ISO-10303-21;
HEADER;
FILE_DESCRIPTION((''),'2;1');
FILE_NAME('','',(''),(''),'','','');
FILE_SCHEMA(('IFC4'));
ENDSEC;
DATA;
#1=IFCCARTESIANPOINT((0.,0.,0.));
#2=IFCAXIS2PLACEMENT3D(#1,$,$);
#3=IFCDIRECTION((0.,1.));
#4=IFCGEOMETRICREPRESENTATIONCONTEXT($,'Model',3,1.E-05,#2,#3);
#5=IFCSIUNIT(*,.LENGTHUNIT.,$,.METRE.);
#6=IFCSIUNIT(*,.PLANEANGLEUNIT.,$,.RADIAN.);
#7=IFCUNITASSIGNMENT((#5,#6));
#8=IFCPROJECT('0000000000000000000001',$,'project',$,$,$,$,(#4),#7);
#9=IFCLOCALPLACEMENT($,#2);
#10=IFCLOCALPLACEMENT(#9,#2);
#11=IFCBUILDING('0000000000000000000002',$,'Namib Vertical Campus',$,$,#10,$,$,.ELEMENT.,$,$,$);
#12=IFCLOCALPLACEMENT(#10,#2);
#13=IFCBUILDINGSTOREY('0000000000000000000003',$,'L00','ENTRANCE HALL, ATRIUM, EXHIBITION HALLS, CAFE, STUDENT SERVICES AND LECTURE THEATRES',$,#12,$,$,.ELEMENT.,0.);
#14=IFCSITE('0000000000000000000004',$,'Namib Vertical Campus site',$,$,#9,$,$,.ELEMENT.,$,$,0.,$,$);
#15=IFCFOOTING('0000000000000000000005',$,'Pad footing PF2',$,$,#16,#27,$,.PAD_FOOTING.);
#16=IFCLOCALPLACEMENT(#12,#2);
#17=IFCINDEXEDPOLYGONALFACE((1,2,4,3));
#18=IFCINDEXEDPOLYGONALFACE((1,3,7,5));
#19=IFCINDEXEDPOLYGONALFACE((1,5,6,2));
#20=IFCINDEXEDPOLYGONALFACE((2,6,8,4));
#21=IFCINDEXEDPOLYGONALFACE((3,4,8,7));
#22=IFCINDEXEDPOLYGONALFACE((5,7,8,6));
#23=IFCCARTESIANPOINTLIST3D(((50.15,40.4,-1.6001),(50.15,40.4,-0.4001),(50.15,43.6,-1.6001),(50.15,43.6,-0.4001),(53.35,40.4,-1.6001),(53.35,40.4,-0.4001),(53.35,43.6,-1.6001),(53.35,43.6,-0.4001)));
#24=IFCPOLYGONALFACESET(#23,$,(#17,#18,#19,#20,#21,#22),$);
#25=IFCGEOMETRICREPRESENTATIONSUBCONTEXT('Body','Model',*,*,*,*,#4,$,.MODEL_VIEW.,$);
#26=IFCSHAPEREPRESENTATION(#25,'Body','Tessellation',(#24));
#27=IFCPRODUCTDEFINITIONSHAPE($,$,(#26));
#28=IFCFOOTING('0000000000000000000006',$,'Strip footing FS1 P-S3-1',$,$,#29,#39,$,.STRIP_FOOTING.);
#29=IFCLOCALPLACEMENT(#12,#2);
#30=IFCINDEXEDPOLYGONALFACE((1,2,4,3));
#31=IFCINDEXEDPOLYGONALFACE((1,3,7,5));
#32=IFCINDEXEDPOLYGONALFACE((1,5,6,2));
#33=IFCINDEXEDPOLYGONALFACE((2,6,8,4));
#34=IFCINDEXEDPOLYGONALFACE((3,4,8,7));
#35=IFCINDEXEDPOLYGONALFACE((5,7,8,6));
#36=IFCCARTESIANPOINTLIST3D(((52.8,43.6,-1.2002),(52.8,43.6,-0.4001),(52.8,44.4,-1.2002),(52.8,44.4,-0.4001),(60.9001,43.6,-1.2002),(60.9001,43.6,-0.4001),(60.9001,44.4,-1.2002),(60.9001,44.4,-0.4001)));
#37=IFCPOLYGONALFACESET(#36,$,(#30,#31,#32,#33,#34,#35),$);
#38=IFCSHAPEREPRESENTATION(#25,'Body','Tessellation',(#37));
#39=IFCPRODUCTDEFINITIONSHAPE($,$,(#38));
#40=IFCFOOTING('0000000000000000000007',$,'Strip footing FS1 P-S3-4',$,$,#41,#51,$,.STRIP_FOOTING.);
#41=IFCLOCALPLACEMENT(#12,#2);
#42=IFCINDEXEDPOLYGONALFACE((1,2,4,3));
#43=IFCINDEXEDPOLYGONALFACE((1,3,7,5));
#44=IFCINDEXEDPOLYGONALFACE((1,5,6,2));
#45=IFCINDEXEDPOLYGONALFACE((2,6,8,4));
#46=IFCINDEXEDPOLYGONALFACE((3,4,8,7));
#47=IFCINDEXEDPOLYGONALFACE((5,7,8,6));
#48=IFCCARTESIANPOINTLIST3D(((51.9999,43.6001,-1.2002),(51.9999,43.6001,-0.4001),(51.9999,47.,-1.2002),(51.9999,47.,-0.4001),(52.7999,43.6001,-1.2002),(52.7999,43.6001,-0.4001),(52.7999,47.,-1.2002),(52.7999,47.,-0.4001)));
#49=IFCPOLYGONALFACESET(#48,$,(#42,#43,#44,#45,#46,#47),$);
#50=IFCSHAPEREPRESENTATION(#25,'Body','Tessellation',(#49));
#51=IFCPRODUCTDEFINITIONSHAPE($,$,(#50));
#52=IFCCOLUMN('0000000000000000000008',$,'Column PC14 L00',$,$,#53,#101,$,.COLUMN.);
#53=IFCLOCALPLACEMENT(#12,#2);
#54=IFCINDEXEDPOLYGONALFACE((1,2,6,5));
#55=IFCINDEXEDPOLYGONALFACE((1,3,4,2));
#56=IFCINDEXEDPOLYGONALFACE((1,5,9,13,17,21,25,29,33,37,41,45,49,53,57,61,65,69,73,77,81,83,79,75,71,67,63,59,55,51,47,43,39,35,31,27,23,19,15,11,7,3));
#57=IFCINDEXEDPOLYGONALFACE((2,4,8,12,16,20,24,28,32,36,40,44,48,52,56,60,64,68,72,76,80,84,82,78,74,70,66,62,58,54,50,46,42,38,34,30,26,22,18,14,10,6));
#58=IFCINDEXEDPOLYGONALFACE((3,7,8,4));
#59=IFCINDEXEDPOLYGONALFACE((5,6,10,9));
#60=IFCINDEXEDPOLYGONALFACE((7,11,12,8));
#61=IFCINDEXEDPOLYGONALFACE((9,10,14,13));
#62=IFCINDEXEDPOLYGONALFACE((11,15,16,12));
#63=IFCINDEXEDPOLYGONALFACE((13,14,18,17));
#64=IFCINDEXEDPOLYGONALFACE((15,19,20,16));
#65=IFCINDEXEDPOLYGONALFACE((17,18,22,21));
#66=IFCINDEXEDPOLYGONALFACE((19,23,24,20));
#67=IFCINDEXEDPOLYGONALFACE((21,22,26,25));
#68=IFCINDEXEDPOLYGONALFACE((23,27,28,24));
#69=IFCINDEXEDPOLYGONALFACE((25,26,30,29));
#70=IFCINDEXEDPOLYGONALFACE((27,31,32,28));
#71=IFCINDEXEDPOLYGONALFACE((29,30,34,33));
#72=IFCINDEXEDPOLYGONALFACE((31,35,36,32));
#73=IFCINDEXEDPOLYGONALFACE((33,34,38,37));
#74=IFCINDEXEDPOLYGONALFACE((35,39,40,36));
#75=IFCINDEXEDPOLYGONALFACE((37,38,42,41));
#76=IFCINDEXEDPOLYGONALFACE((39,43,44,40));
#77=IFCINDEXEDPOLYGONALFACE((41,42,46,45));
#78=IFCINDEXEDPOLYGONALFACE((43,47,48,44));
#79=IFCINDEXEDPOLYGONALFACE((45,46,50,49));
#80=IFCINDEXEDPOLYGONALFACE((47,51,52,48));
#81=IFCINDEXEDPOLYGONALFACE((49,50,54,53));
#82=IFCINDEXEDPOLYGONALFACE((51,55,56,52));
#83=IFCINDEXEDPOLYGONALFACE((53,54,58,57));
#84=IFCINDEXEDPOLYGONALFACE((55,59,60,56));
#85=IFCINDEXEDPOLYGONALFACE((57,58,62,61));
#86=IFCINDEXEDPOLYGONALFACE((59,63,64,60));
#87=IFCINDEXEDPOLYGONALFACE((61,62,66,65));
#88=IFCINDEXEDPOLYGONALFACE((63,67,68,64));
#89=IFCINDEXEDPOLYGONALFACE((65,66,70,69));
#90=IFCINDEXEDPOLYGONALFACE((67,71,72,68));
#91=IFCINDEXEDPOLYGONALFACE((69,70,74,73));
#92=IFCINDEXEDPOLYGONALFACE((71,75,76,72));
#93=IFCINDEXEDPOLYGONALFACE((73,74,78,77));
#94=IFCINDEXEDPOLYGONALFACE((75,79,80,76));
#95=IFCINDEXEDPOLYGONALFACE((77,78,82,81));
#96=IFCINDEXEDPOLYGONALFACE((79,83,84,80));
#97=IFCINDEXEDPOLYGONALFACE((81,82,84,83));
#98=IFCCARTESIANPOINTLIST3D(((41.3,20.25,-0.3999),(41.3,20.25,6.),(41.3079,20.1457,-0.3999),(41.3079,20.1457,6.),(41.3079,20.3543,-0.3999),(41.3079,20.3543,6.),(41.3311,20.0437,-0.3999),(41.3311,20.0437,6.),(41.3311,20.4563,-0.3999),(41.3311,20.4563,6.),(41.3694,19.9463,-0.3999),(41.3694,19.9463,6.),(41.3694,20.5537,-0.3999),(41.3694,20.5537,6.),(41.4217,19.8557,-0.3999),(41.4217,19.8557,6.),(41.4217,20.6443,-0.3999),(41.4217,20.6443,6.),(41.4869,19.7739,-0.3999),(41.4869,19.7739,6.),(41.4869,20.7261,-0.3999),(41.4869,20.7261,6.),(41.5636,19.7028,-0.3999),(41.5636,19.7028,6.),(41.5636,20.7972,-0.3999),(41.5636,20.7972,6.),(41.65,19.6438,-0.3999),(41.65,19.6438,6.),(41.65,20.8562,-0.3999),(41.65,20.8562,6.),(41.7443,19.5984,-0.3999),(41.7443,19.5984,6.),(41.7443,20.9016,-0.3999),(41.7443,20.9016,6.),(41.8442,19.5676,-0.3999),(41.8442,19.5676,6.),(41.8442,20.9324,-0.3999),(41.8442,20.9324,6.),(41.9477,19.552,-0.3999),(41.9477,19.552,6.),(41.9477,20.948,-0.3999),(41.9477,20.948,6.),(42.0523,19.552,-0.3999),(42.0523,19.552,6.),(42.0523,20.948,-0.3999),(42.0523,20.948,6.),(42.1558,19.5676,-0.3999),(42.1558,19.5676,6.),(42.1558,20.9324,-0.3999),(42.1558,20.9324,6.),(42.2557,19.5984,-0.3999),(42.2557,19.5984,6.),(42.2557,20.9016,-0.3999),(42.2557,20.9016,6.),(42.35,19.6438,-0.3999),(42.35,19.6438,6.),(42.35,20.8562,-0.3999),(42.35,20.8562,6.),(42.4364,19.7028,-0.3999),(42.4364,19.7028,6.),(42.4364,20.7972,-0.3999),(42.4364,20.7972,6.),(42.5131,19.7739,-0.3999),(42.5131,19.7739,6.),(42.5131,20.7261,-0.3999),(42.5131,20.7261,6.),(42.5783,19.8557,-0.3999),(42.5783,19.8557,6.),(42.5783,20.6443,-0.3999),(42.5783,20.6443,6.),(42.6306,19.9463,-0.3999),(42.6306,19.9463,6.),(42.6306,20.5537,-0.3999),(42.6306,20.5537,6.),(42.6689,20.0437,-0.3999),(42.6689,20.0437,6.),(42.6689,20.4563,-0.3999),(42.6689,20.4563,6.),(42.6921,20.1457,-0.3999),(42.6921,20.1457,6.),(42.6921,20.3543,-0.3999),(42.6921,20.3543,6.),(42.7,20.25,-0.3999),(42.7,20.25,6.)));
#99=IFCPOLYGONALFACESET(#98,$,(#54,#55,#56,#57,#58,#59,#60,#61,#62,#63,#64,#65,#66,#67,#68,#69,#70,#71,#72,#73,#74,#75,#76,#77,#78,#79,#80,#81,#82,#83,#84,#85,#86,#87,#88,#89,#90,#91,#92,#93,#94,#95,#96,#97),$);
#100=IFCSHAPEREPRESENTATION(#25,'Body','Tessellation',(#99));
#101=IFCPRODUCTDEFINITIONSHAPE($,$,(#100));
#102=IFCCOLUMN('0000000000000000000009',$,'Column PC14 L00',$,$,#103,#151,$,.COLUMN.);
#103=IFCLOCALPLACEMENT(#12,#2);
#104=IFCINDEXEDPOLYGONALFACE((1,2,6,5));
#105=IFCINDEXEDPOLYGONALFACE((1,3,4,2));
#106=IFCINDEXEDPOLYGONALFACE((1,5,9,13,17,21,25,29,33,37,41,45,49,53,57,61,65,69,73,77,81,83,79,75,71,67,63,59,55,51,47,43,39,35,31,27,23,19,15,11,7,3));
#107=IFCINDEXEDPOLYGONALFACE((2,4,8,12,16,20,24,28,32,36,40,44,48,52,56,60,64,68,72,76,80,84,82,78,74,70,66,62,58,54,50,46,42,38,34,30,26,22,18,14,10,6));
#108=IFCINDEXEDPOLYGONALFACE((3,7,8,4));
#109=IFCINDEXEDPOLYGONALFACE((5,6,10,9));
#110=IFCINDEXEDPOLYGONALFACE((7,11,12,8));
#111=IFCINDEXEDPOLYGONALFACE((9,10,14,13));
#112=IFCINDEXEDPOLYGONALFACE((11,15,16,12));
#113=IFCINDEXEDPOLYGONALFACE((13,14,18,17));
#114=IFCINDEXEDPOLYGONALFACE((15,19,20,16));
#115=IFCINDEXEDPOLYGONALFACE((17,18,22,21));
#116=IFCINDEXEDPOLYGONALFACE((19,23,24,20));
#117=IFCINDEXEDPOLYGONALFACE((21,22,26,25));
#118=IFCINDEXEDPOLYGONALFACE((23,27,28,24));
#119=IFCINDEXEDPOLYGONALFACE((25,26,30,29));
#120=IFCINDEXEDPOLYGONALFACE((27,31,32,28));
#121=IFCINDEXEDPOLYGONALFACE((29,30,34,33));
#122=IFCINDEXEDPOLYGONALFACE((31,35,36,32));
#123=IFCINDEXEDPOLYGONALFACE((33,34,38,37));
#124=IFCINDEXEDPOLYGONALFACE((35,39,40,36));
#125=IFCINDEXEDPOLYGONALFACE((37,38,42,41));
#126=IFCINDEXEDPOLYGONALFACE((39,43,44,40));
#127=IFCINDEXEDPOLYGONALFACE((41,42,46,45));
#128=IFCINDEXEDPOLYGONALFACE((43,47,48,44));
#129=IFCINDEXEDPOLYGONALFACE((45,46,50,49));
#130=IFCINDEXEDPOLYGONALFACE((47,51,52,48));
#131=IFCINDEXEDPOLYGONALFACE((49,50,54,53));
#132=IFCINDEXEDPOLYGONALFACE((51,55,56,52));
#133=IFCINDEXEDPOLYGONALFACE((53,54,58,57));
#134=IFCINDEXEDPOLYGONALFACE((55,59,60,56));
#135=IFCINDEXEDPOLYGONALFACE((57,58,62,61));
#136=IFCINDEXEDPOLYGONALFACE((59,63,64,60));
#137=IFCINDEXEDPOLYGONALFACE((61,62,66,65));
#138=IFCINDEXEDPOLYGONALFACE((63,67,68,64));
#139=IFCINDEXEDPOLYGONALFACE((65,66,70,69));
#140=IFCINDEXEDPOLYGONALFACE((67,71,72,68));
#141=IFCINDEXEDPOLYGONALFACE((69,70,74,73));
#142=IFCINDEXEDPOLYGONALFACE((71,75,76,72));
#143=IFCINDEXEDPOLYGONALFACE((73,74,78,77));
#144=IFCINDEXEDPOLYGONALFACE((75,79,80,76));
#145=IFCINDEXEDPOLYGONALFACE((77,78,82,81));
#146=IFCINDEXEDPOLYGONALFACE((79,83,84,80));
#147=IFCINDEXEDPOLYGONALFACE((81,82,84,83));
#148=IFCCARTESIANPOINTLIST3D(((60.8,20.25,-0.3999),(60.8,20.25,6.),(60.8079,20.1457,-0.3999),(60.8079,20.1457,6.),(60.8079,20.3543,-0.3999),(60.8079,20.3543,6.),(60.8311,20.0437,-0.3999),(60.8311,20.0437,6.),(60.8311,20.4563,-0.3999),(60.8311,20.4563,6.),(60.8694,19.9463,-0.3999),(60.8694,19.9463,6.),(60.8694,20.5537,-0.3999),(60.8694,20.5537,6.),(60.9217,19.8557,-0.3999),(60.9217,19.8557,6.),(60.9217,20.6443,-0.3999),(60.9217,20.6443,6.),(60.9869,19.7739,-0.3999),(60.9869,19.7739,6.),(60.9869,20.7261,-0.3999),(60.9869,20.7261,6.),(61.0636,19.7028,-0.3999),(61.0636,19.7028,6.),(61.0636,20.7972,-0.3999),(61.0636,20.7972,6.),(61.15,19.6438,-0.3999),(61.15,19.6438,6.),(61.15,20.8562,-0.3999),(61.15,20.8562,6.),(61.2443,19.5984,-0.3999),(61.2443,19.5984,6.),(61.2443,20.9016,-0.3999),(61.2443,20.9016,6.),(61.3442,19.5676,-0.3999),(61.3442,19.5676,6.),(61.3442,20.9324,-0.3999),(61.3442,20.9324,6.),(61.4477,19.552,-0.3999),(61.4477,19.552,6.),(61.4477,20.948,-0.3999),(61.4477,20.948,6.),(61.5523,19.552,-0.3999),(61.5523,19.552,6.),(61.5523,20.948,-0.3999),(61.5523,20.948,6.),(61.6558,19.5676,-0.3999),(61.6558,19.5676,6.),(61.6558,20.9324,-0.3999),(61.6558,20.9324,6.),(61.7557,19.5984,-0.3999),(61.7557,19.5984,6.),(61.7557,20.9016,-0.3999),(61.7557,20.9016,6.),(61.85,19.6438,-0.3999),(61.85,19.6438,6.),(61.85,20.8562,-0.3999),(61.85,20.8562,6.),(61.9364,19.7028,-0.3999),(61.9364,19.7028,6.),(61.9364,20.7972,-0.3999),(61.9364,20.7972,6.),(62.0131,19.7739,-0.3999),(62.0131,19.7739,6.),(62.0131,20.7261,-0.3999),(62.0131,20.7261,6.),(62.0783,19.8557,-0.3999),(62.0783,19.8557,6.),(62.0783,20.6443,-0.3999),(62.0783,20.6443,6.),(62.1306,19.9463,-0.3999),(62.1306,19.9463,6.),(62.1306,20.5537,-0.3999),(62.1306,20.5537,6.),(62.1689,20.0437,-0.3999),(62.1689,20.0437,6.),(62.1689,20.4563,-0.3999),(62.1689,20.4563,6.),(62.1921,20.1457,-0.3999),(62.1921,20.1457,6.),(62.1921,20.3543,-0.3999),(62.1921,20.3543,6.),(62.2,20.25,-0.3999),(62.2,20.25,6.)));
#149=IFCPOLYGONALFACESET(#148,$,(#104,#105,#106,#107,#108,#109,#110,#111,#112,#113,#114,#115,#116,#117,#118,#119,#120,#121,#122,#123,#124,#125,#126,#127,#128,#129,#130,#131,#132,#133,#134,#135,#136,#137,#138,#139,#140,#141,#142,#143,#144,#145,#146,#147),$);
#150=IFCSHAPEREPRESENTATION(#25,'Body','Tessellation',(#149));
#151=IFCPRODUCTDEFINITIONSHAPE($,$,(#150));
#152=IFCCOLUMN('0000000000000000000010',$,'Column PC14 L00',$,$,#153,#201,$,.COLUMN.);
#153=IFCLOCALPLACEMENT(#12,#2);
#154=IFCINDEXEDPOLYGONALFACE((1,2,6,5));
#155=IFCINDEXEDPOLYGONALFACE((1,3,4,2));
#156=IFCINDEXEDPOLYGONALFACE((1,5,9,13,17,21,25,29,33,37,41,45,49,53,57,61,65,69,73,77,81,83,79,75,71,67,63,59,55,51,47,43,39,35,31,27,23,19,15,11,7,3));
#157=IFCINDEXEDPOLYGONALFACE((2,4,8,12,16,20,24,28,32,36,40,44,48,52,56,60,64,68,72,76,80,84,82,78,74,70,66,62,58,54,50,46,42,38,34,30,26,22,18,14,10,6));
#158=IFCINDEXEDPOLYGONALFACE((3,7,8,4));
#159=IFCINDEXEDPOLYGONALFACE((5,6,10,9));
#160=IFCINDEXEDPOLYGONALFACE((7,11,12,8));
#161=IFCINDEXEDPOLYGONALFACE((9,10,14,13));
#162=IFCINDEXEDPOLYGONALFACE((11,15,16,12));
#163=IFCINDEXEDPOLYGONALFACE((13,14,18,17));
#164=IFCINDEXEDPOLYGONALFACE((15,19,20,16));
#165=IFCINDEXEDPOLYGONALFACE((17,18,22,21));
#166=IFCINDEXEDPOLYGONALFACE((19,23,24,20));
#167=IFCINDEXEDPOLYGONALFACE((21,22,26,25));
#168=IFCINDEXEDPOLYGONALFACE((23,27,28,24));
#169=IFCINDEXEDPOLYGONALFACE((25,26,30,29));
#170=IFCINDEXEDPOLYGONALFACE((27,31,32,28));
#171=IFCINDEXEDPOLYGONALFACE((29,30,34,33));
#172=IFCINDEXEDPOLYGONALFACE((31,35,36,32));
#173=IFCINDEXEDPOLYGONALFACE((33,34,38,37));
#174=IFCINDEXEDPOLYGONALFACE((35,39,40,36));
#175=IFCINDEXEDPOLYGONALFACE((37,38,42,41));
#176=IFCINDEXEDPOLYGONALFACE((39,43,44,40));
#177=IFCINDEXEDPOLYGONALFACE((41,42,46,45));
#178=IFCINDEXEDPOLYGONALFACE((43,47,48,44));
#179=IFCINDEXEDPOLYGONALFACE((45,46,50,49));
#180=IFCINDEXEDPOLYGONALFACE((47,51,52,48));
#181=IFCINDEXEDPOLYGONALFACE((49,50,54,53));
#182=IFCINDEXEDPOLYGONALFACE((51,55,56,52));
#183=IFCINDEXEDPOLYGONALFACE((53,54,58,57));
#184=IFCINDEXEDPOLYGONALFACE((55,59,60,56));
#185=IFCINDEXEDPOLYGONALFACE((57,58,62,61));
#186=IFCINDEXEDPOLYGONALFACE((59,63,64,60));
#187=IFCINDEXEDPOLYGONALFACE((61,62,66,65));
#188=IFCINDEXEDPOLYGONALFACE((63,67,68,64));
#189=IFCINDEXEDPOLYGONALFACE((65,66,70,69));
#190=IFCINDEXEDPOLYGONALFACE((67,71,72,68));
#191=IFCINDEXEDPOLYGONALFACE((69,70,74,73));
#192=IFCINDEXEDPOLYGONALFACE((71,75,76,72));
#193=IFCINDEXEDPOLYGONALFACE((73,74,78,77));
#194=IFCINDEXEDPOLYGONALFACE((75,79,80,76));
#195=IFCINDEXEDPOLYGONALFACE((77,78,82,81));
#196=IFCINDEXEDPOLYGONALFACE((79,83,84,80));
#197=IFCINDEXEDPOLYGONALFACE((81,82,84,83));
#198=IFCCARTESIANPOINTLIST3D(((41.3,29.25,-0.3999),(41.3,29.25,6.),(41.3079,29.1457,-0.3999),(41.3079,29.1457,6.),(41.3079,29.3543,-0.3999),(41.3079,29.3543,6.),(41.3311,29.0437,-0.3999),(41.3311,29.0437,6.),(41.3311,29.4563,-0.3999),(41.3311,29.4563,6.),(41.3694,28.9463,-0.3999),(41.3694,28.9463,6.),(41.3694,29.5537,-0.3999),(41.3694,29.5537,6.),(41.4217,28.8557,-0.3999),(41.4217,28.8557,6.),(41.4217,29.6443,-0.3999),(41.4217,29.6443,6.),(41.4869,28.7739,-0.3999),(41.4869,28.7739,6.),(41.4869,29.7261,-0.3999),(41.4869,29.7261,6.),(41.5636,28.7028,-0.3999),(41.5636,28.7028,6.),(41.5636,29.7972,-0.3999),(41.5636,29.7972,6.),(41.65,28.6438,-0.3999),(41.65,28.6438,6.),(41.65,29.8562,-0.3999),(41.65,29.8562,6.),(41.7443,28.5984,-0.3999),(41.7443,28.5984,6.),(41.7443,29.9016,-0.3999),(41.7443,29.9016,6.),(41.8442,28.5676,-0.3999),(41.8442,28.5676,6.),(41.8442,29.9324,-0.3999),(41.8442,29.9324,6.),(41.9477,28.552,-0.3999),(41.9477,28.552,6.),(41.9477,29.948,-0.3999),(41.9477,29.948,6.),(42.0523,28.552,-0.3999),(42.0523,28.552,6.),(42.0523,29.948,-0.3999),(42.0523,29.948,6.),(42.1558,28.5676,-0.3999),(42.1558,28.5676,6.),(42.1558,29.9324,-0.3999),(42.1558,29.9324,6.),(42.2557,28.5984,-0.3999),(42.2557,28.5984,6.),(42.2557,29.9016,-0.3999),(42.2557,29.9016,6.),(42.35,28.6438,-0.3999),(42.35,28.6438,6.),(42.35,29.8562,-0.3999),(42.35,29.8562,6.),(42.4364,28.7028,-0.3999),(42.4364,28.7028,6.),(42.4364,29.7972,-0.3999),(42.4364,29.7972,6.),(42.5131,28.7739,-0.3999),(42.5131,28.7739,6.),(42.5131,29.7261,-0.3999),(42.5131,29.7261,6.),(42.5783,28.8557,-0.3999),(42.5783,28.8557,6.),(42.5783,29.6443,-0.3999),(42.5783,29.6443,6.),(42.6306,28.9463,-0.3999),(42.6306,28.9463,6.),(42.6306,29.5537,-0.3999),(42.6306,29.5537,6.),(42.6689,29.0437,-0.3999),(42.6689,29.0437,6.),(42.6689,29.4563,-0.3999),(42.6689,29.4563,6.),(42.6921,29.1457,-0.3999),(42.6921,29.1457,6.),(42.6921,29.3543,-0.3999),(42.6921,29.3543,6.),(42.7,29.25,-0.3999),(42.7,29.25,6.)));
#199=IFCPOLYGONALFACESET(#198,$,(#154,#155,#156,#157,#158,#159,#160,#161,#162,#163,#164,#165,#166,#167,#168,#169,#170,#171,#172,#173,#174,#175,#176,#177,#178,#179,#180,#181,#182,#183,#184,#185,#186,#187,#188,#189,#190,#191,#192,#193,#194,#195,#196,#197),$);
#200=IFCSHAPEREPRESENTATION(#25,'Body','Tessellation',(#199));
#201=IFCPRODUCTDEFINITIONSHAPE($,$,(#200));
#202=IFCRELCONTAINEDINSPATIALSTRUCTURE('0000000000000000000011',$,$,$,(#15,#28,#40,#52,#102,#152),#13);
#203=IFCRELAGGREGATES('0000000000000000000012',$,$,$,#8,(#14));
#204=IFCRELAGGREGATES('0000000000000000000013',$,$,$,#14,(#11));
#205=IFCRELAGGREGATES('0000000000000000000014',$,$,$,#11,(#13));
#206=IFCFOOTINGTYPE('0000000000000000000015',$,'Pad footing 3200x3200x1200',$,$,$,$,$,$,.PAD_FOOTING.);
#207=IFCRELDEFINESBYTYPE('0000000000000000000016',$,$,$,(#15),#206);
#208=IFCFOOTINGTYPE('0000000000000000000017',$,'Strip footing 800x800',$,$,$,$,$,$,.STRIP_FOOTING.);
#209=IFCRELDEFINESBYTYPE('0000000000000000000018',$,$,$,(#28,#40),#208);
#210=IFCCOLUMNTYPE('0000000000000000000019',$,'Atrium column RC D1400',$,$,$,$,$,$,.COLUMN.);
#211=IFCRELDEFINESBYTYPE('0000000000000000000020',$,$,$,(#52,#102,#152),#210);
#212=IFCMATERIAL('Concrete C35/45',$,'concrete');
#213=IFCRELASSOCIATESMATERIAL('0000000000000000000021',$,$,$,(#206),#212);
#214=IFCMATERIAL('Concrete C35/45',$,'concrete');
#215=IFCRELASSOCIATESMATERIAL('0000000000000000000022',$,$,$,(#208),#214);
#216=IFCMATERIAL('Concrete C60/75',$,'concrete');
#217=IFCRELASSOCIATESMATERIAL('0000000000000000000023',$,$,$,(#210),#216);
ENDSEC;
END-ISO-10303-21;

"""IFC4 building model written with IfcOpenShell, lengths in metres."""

from ifc_helpers import new_model, si_unit, direction, frame, origin, origin_2d, place, context, subcontext, project, spatial, rectangle, circle, extrude, material, material_profile, profile_set, type_object, element, save


model = new_model("IFC4")

# Units and contexts
model_context = context("Model", 3, precision=1e-05, world=origin(), true_north=direction((0.0, 1.0)))
body_context = subcontext(model_context, "Body", "Model", "MODEL_VIEW")
ifc_project = project(units=[si_unit("LENGTHUNIT", "METRE"), si_unit("PLANEANGLEUNIT", "RADIAN")], contexts=[model_context])

# Site, building, storey
site_placement = place(None, origin())
site = spatial("IfcSite", under=ifc_project, at=site_placement, Name="Namib Vertical Campus site", CompositionType="ELEMENT", RefElevation=0.0)
building_placement = place(site_placement, origin())
building = spatial("IfcBuilding", under=site, at=building_placement, Name="Namib Vertical Campus", CompositionType="ELEMENT")
storey_placement = place(building_placement, origin())
storey = spatial("IfcBuildingStorey", under=building, at=storey_placement, Name="L00", Description="ENTRANCE HALL, ATRIUM, EXHIBITION HALLS, CAFE, STUDENT SERVICES AND LECTURE THEATRES", CompositionType="ELEMENT", Elevation=0.0)

# Footings
ifc_material_1 = material(Name="Concrete C35/45", Category="concrete")
footing_type_1 = type_object("IfcFootingType", Name="Pad footing 3200x3200x1200", PredefinedType="PAD_FOOTING", material=ifc_material_1)
for number, where, z_axis, x_axis, name in (
    (1, (51.75, 42.0, -1.6001), (0.0, 0.0, 1.0), (1.0, 0.0, 0.0), "Pad footing PF2"),
):
    element("IfcFooting", number, at=place(storey_placement, frame(where, z_axis=z_axis, x_axis=x_axis)), inside=storey, type_object=footing_type_1, Name=name, PredefinedType="PAD_FOOTING", context=body_context, shape_type="SweptSolid", body=[
        extrude(rectangle(XDim=3.2, YDim=3.2, at=origin_2d()), origin(), (0.0, 0.0, 1.0), 1.2),
    ])
ifc_material_2 = material(Name="Concrete C35/45", Category="concrete")
footing_type_2 = type_object("IfcFootingType", Name="Strip footing 800x800", PredefinedType="STRIP_FOOTING", material=ifc_material_2)
footing_1_placement = place(storey_placement, frame((56.8501, 44.0, -1.2002), z_axis=(0.0, 0.0, 1.0), x_axis=(1.0, 0.0, 0.0)))
element("IfcFooting", 2, at=footing_1_placement, inside=storey, type_object=footing_type_2, Name="Strip footing FS1 P-S3-1", PredefinedType="STRIP_FOOTING", context=body_context, shape_type="SweptSolid", body=[
    extrude(rectangle(XDim=8.1001, YDim=0.8, at=origin_2d()), origin(), (0.0, 0.0, 1.0), 0.8),
])
footing_2_placement = place(storey_placement, frame((52.3999, 45.3, -1.2002), z_axis=(0.0, 0.0, 1.0), x_axis=(1.0, 0.0, 0.0)))
element("IfcFooting", 3, at=footing_2_placement, inside=storey, type_object=footing_type_2, Name="Strip footing FS1 P-S3-4", PredefinedType="STRIP_FOOTING", context=body_context, shape_type="SweptSolid", body=[
    extrude(rectangle(XDim=0.8, YDim=3.3999, at=origin_2d()), origin(), (0.0, 0.0, 1.0), 0.8),
])

# Columns
ifc_material_3 = material(Name="Concrete C60/75", Category="concrete")
ifc_material_profile_1 = material_profile(ifc_material_3, circle(Radius=0.7, at=origin_2d()))
ifc_profile_set_1 = profile_set([ifc_material_profile_1], Name="Concrete C60/75")
column_type_1 = type_object("IfcColumnType", Name="Atrium column RC D1400", PredefinedType="COLUMN", material=ifc_profile_set_1)
for number, where, z_axis, x_axis, name in (
    (4, (42.0, 20.25, -0.3999), (0.0, 0.0, 1.0), (1.0, 0.0, 0.0), "Column PC14 L00"),
    (5, (61.5, 20.25, -0.3999), (0.0, 0.0, 1.0), (1.0, 0.0, 0.0), "Column PC14 L00"),
    (6, (42.0, 29.25, -0.3999), (0.0, 0.0, 1.0), (1.0, 0.0, 0.0), "Column PC14 L00"),
):
    element("IfcColumn", number, at=place(storey_placement, frame(where, z_axis=z_axis, x_axis=x_axis)), inside=storey, type_object=column_type_1, Name=name, PredefinedType="COLUMN", context=body_context, shape_type="SweptSolid", body=[
        extrude(circle(Radius=0.7, at=origin_2d()), origin(), (0.0, 0.0, 1.0), 6.3999),
    ])

save(model, "model.ifc")
